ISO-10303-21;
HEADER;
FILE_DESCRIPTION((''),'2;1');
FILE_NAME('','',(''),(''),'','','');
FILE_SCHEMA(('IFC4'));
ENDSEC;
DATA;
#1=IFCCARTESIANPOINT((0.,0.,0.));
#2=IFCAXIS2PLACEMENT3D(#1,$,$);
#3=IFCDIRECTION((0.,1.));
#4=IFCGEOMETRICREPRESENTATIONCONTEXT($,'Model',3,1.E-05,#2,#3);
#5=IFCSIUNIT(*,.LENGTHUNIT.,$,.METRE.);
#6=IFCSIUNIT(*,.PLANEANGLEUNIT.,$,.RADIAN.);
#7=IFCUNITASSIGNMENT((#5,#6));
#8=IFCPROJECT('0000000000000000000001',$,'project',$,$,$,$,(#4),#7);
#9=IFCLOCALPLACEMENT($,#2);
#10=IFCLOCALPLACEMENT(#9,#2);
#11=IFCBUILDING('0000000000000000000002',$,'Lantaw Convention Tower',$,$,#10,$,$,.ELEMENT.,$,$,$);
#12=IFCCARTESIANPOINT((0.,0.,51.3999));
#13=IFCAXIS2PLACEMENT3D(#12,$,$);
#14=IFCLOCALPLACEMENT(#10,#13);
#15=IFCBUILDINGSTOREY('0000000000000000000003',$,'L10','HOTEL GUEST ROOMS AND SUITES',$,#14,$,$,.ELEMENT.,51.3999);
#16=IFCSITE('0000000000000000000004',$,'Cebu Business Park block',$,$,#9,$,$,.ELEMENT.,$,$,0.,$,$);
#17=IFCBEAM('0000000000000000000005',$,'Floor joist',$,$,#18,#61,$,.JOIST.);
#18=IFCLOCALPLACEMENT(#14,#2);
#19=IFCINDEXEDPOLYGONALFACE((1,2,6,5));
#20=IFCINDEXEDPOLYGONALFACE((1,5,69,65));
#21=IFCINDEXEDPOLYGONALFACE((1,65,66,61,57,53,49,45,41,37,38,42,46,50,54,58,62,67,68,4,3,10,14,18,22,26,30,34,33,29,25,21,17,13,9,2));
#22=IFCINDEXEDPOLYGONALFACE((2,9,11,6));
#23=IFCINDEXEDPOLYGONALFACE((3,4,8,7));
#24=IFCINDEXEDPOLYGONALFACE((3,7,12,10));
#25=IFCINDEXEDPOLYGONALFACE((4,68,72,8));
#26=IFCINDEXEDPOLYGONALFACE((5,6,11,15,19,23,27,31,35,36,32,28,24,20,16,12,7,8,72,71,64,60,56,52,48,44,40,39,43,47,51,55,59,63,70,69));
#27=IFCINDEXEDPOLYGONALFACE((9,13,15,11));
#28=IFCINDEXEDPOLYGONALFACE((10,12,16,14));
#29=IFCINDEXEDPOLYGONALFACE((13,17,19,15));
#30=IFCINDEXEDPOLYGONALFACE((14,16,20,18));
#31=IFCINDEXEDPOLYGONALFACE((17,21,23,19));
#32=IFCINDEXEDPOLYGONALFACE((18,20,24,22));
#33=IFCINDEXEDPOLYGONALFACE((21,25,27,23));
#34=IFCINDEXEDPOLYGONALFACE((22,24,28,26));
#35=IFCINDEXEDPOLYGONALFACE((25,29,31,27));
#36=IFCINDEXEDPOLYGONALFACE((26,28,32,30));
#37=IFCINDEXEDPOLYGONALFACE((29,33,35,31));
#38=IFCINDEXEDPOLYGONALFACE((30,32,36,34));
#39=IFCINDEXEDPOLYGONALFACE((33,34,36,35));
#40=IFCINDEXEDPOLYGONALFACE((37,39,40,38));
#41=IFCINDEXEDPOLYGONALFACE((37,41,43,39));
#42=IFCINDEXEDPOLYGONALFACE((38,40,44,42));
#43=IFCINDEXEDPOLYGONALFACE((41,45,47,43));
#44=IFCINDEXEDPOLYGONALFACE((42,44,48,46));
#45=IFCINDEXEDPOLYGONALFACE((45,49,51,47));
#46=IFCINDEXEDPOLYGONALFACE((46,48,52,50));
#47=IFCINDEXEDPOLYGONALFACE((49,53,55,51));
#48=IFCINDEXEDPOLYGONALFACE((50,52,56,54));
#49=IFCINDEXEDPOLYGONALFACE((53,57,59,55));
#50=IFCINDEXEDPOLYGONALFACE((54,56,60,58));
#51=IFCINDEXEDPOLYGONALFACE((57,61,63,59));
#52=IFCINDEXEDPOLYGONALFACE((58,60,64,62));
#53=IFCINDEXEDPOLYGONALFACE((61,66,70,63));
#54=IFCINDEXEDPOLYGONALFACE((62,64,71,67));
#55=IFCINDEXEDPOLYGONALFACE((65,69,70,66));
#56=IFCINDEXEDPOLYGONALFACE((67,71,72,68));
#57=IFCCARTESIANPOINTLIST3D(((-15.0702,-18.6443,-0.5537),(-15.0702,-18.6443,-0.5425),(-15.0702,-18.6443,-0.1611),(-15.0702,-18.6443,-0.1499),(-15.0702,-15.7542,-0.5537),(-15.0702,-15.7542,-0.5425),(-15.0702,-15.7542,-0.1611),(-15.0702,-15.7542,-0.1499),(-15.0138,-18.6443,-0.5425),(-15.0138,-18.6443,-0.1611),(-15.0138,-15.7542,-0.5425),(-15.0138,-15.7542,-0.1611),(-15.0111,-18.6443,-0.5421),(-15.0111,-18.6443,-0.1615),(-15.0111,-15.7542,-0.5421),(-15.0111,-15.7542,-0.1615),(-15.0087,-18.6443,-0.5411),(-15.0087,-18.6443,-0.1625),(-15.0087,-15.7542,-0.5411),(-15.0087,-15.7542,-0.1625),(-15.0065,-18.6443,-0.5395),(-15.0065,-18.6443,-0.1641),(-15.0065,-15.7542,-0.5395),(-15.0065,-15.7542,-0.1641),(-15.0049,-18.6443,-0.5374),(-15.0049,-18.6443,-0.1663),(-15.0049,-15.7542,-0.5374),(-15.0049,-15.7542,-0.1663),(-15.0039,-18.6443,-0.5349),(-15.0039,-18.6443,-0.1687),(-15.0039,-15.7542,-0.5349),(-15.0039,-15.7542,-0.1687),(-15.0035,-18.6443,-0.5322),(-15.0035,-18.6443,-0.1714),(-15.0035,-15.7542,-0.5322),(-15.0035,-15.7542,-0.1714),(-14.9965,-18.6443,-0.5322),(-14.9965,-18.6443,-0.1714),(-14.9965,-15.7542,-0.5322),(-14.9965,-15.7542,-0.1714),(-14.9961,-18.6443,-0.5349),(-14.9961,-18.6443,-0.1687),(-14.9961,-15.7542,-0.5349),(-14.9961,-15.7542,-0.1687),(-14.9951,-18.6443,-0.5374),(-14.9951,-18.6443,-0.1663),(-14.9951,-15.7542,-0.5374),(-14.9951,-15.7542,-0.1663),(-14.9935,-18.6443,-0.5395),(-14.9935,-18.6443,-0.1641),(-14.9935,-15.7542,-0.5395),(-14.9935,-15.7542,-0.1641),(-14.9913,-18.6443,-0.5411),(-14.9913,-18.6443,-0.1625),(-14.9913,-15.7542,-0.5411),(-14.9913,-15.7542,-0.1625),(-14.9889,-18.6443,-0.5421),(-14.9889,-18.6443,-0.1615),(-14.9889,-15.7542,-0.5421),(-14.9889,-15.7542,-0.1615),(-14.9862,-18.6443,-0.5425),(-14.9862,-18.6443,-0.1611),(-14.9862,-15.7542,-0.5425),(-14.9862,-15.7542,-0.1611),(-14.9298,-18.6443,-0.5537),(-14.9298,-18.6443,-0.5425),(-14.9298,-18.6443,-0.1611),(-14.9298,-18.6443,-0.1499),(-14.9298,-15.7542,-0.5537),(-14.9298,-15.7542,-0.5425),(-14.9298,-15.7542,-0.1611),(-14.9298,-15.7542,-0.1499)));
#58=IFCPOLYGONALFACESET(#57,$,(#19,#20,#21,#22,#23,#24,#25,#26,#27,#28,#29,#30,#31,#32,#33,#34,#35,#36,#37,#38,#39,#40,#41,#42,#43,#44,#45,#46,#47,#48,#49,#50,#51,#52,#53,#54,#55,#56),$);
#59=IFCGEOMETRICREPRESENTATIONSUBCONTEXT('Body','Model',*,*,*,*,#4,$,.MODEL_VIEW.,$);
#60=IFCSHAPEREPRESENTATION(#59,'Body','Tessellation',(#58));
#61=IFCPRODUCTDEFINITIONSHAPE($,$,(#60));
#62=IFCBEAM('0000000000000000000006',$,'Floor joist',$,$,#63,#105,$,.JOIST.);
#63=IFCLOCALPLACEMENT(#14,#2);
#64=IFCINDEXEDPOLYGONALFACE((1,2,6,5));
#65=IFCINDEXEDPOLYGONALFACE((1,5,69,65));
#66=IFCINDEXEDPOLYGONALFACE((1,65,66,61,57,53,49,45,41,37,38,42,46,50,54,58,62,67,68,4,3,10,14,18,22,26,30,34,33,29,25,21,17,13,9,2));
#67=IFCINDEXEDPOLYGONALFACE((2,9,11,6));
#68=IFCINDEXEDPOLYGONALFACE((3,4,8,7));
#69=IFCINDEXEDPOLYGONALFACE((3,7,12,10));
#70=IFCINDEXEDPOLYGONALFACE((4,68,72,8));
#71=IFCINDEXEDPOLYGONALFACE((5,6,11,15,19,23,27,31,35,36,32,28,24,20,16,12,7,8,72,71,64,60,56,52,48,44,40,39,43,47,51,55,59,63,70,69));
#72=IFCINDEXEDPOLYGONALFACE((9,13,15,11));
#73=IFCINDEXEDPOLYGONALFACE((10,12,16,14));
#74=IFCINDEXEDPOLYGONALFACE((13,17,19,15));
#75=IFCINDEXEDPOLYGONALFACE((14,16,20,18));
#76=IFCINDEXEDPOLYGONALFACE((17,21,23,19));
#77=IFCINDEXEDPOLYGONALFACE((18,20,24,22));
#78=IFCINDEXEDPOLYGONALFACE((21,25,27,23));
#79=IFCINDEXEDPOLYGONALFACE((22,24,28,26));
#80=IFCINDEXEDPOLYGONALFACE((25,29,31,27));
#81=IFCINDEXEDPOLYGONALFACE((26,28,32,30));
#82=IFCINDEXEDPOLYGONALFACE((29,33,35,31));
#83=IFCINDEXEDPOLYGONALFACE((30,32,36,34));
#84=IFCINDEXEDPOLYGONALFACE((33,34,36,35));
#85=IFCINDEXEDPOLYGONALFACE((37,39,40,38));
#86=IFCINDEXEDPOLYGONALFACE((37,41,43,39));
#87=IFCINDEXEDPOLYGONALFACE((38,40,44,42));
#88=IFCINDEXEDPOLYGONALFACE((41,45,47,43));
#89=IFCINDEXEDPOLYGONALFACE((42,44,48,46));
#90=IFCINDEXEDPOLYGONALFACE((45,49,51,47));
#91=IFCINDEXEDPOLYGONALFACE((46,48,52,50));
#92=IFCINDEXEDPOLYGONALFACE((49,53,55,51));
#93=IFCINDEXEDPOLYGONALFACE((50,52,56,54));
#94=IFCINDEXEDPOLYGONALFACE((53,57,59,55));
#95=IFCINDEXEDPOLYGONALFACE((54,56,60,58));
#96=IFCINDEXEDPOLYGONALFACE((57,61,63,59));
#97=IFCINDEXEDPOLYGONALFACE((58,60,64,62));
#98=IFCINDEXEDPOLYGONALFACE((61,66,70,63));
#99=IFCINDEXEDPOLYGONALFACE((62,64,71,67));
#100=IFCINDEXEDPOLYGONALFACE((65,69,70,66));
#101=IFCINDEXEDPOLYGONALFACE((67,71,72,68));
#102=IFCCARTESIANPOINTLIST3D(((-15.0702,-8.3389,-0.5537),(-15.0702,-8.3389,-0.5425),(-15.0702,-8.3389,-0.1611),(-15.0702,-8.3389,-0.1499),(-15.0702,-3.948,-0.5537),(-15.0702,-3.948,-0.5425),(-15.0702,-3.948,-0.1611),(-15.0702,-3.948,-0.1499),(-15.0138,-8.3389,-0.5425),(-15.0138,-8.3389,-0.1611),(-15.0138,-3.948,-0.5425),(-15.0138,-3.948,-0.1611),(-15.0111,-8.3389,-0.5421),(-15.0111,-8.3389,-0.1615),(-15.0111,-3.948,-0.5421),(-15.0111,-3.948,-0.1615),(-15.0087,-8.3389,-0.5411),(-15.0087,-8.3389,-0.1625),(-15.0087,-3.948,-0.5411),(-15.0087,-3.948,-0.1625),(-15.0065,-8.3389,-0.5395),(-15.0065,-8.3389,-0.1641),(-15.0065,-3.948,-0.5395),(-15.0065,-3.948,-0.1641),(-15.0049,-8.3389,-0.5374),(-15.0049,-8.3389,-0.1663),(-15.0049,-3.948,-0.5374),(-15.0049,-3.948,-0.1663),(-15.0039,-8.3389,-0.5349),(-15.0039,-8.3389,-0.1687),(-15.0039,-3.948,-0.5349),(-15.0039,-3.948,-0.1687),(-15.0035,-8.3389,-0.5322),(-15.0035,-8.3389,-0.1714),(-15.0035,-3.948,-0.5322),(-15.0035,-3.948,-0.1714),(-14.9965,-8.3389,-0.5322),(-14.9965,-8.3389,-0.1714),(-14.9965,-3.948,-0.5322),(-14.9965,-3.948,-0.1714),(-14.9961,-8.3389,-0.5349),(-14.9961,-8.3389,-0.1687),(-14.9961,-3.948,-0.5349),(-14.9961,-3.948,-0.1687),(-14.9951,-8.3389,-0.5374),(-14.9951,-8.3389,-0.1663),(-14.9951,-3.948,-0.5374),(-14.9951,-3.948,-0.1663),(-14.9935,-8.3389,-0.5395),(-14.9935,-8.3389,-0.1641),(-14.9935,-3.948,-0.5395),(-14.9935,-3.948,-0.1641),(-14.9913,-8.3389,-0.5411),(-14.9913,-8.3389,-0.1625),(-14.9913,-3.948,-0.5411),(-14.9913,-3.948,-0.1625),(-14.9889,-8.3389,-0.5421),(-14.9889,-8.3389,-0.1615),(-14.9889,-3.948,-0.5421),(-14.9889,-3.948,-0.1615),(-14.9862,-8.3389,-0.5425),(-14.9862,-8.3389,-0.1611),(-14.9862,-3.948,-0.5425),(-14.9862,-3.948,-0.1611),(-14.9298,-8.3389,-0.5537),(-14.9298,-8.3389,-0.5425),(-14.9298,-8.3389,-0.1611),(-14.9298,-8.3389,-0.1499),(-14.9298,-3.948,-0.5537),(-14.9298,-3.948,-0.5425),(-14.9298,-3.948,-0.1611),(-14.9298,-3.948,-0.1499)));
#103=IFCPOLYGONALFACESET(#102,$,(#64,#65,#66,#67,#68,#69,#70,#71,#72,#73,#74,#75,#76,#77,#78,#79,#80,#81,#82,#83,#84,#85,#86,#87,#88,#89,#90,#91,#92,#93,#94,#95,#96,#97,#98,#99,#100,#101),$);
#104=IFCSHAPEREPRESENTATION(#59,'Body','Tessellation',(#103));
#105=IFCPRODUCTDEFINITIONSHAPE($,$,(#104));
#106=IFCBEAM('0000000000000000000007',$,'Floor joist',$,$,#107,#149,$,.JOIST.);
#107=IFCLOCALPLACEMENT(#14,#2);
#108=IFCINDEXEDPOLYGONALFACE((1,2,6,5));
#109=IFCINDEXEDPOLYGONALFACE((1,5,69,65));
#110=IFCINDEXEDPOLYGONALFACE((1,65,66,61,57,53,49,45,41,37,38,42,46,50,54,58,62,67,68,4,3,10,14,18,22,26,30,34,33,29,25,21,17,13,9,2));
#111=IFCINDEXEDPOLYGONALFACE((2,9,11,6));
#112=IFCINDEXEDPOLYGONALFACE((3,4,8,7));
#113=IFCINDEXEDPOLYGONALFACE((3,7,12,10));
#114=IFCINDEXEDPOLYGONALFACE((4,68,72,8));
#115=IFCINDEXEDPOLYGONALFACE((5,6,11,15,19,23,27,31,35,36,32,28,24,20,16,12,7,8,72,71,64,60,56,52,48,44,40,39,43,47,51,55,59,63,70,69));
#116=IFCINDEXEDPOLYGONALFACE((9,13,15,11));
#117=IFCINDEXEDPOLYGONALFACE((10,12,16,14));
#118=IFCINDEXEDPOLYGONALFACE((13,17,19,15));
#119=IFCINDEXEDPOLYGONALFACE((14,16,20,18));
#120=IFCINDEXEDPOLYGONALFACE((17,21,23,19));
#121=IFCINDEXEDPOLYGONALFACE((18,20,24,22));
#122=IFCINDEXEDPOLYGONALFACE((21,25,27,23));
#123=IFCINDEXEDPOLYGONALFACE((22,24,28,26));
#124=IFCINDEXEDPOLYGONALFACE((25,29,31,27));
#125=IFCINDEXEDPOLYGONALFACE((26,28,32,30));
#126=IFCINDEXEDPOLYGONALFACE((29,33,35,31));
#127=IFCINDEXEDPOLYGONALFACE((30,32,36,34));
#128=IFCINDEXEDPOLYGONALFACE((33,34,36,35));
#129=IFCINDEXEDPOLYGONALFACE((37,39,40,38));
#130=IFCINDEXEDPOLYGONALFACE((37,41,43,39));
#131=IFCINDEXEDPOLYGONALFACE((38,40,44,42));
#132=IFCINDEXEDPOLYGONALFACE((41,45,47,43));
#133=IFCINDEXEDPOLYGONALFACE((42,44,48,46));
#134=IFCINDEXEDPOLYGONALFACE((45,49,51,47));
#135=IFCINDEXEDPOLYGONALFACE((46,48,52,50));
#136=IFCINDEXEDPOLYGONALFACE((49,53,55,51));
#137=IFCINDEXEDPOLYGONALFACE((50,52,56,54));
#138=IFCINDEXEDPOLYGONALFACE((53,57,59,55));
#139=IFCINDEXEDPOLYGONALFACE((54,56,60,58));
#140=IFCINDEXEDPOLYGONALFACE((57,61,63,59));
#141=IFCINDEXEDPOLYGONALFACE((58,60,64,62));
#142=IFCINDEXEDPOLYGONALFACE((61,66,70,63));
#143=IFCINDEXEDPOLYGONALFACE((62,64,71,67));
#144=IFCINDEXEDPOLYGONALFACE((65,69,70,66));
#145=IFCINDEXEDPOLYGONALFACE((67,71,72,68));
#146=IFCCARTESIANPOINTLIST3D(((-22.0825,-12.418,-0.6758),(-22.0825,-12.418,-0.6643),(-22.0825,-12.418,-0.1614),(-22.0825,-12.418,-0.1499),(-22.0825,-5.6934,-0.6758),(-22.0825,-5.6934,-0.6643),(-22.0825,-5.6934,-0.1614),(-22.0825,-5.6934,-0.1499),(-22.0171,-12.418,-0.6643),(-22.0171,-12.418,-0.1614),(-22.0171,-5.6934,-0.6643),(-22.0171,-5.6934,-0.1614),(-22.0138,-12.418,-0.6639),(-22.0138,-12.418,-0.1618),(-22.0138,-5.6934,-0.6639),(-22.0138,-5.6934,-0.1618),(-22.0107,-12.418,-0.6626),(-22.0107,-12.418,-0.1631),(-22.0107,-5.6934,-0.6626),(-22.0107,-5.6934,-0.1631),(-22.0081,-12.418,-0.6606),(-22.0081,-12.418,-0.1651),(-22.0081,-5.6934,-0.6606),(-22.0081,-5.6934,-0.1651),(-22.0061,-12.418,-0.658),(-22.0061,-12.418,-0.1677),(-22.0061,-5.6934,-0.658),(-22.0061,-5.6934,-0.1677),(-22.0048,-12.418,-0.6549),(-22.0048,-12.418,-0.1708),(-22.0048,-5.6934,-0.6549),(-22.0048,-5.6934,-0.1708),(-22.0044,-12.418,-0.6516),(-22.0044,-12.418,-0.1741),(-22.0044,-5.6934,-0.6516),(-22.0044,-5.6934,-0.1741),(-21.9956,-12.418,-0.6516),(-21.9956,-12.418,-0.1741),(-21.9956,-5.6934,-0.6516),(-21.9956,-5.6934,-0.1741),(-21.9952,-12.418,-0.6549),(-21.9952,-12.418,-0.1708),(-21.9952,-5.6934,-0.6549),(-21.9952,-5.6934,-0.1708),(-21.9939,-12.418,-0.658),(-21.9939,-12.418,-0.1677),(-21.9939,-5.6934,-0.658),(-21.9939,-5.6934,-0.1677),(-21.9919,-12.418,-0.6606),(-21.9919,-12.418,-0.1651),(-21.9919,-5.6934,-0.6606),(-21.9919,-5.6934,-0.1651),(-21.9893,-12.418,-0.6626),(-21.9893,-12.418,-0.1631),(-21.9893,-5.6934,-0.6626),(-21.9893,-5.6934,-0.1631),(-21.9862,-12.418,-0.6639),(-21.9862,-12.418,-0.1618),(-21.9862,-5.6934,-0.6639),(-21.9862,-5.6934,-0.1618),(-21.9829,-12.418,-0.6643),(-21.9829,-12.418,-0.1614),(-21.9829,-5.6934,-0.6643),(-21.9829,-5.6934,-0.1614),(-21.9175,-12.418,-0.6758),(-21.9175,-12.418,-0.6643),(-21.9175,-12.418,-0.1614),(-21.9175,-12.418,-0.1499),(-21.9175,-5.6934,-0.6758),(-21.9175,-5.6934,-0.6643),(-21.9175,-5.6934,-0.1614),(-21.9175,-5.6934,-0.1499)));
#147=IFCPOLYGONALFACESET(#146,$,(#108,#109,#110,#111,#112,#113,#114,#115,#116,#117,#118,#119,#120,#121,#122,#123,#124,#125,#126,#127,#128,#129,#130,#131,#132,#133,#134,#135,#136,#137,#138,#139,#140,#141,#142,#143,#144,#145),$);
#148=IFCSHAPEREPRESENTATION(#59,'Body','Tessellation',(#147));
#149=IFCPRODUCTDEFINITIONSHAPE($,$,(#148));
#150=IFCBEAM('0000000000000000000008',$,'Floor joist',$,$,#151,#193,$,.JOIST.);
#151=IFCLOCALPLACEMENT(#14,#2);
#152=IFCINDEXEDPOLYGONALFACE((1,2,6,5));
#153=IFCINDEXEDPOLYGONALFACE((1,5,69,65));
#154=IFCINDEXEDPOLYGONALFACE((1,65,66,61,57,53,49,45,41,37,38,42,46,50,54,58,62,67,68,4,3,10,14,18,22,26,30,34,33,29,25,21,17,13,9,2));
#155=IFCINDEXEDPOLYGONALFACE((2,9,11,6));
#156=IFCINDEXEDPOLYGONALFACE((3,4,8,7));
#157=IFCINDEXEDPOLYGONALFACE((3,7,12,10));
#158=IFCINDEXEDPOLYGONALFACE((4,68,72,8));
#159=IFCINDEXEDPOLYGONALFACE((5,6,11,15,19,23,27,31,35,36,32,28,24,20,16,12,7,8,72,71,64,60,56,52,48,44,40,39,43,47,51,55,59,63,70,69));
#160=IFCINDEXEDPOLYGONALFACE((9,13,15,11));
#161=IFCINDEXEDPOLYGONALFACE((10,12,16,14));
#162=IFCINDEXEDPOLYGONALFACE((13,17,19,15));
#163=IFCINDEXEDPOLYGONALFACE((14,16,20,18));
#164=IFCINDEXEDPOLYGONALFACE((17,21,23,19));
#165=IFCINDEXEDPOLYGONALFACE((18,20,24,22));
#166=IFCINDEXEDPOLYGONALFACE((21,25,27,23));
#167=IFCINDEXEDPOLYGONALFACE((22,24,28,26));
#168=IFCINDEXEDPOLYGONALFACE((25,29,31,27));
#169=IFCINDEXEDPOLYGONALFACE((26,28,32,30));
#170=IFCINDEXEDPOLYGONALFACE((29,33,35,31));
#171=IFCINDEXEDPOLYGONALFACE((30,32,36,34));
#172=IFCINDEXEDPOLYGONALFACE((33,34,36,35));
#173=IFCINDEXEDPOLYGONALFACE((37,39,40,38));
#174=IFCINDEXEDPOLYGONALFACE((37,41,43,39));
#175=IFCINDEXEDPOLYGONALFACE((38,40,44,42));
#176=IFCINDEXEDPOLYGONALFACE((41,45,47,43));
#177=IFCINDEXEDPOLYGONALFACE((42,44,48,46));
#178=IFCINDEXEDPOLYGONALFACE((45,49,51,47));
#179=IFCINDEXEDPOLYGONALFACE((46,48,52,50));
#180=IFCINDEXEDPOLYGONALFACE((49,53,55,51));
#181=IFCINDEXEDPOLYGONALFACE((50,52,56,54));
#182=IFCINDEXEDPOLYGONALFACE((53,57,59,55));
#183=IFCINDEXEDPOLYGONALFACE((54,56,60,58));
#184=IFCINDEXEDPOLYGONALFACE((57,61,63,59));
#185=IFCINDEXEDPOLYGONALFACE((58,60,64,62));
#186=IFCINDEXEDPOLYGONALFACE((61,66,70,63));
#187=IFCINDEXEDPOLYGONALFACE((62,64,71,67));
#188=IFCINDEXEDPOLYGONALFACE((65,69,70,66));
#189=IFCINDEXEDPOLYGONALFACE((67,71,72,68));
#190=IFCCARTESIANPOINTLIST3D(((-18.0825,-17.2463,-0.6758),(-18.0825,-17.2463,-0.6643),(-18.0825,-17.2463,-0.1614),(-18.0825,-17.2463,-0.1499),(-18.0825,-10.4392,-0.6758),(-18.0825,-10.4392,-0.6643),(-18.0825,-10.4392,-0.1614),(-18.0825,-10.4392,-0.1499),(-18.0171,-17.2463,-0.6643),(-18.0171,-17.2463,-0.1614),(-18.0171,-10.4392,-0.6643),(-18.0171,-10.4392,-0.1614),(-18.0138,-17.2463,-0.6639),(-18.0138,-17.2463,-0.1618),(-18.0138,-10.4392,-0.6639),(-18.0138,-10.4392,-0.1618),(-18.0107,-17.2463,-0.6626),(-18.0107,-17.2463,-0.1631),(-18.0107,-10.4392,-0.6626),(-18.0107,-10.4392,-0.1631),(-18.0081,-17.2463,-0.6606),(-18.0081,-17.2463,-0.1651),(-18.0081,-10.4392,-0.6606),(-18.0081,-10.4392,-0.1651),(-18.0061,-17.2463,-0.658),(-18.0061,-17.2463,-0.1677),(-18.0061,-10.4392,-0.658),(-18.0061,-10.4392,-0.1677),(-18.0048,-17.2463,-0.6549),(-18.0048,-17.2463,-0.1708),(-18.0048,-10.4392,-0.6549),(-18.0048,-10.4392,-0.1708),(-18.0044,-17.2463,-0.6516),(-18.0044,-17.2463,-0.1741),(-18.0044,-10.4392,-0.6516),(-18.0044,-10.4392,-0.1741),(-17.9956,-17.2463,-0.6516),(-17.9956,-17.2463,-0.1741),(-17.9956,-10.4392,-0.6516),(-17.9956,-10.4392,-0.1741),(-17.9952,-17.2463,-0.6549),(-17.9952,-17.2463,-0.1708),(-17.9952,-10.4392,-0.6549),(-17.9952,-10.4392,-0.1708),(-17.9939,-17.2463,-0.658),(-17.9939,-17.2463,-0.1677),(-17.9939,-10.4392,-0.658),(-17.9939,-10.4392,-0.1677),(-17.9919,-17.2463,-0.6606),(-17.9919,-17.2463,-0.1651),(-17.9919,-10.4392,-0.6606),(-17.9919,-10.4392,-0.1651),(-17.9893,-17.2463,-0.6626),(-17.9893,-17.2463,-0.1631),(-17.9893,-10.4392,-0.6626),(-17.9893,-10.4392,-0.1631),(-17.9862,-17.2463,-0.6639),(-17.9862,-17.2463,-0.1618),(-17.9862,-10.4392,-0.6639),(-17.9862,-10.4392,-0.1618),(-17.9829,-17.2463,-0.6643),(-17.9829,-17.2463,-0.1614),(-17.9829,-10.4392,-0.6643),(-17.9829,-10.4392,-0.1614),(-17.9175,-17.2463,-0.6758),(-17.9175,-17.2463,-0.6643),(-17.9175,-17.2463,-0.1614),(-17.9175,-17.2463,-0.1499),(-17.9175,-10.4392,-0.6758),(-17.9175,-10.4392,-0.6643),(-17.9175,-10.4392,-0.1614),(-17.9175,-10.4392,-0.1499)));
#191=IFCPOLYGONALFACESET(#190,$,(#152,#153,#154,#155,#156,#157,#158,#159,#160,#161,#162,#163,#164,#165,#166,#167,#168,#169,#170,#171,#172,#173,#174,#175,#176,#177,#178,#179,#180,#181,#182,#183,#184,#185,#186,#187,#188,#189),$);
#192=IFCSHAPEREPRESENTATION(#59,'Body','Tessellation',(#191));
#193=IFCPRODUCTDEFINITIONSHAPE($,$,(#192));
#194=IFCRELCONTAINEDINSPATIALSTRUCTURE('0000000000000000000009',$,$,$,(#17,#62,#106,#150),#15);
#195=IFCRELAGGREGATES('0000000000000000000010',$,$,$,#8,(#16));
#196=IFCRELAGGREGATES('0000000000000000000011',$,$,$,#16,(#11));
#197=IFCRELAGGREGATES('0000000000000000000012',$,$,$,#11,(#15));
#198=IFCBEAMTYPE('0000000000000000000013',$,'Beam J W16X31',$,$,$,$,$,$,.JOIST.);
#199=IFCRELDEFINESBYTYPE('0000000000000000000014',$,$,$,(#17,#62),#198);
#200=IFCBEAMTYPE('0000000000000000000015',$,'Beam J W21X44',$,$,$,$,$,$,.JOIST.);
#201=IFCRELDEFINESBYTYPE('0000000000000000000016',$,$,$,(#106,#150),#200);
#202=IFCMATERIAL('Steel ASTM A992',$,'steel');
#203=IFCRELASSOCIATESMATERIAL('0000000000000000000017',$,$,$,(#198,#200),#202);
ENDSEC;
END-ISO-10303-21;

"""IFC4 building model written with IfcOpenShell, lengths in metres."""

from ifc_helpers import new_model, si_unit, direction, frame, origin, origin_2d, place, context, subcontext, project, spatial, i_section, extrude, material, material_profile, profile_set, type_object, element, save


model = new_model("IFC4")

# Units and contexts
model_context = context("Model", 3, precision=1e-05, world=origin(), true_north=direction((0.0, 1.0)))
body_context = subcontext(model_context, "Body", "Model", "MODEL_VIEW")
ifc_project = project(units=[si_unit("LENGTHUNIT", "METRE"), si_unit("PLANEANGLEUNIT", "RADIAN")], contexts=[model_context])

# Site, building, storey
site_placement = place(None, origin())
site = spatial("IfcSite", under=ifc_project, at=site_placement, Name="Cebu Business Park block", CompositionType="ELEMENT", RefElevation=0.0)
building_placement = place(site_placement, origin())
building = spatial("IfcBuilding", under=site, at=building_placement, Name="Lantaw Convention Tower", CompositionType="ELEMENT")
storey_placement = place(building_placement, frame((0.0, 0.0, 51.3999)))
storey = spatial("IfcBuildingStorey", under=building, at=storey_placement, Name="L10", Description="HOTEL GUEST ROOMS AND SUITES", CompositionType="ELEMENT", Elevation=51.3999)

# Beams
ifc_material_1 = material(Name="Steel ASTM A992", Category="steel")
ifc_material_profile_1 = material_profile(ifc_material_1, i_section(OverallWidth=0.1404, OverallDepth=0.4038, WebThickness=0.0071, FlangeThickness=0.0112, FilletRadius=0.0103, at=origin_2d()), Name="W16X31")
ifc_profile_set_1 = profile_set([ifc_material_profile_1], Name="Steel ASTM A992")
beam_type_1 = type_object("IfcBeamType", Name="Beam J W16X31", PredefinedType="JOIST", material=ifc_profile_set_1)
beam_1_placement = place(storey_placement, frame((-15.0, -18.6443, -0.3518), z_axis=(0.0, 1.0, 0.0), x_axis=(-1.0, 0.0, 0.0)))
element("IfcBeam", 1, at=beam_1_placement, inside=storey, type_object=beam_type_1, Name="Floor joist", PredefinedType="JOIST", context=body_context, shape_type="SweptSolid", body=[
    extrude(i_section(OverallWidth=0.1404, OverallDepth=0.4038, WebThickness=0.0071, FlangeThickness=0.0112, FilletRadius=0.0103, at=origin_2d()), origin(), (0.0, 0.0, 1.0), 2.8901),
])
beam_2_placement = place(storey_placement, frame((-15.0, -8.3389, -0.3518), z_axis=(0.0, 1.0, 0.0), x_axis=(-1.0, 0.0, 0.0)))
element("IfcBeam", 2, at=beam_2_placement, inside=storey, type_object=beam_type_1, Name="Floor joist", PredefinedType="JOIST", context=body_context, shape_type="SweptSolid", body=[
    extrude(i_section(OverallWidth=0.1404, OverallDepth=0.4038, WebThickness=0.0071, FlangeThickness=0.0112, FilletRadius=0.0103, at=origin_2d()), origin(), (0.0, 0.0, 1.0), 4.3909),
])
ifc_material_profile_2 = material_profile(ifc_material_1, i_section(OverallWidth=0.165, OverallDepth=0.5259, WebThickness=0.0088, FlangeThickness=0.0115, FilletRadius=0.0127, at=origin_2d()), Name="W21X44")
ifc_profile_set_2 = profile_set([ifc_material_profile_2], Name="Steel ASTM A992")
beam_type_2 = type_object("IfcBeamType", Name="Beam J W21X44", PredefinedType="JOIST", material=ifc_profile_set_2)
beam_3_placement = place(storey_placement, frame((-22.0, -12.418, -0.4128), z_axis=(0.0, 1.0, 0.0), x_axis=(-1.0, 0.0, 0.0)))
element("IfcBeam", 3, at=beam_3_placement, inside=storey, type_object=beam_type_2, Name="Floor joist", PredefinedType="JOIST", context=body_context, shape_type="SweptSolid", body=[
    extrude(i_section(OverallWidth=0.165, OverallDepth=0.5259, WebThickness=0.0088, FlangeThickness=0.0115, FilletRadius=0.0127, at=origin_2d()), origin(), (0.0, 0.0, 1.0), 6.7246),
])
beam_4_placement = place(storey_placement, frame((-18.0, -17.2463, -0.4128), z_axis=(0.0, 1.0, 0.0), x_axis=(-1.0, 0.0, 0.0)))
element("IfcBeam", 4, at=beam_4_placement, inside=storey, type_object=beam_type_2, Name="Floor joist", PredefinedType="JOIST", context=body_context, shape_type="SweptSolid", body=[
    extrude(i_section(OverallWidth=0.165, OverallDepth=0.5259, WebThickness=0.0088, FlangeThickness=0.0115, FilletRadius=0.0127, at=origin_2d()), origin(), (0.0, 0.0, 1.0), 6.8071),
])

save(model, "model.ifc")
